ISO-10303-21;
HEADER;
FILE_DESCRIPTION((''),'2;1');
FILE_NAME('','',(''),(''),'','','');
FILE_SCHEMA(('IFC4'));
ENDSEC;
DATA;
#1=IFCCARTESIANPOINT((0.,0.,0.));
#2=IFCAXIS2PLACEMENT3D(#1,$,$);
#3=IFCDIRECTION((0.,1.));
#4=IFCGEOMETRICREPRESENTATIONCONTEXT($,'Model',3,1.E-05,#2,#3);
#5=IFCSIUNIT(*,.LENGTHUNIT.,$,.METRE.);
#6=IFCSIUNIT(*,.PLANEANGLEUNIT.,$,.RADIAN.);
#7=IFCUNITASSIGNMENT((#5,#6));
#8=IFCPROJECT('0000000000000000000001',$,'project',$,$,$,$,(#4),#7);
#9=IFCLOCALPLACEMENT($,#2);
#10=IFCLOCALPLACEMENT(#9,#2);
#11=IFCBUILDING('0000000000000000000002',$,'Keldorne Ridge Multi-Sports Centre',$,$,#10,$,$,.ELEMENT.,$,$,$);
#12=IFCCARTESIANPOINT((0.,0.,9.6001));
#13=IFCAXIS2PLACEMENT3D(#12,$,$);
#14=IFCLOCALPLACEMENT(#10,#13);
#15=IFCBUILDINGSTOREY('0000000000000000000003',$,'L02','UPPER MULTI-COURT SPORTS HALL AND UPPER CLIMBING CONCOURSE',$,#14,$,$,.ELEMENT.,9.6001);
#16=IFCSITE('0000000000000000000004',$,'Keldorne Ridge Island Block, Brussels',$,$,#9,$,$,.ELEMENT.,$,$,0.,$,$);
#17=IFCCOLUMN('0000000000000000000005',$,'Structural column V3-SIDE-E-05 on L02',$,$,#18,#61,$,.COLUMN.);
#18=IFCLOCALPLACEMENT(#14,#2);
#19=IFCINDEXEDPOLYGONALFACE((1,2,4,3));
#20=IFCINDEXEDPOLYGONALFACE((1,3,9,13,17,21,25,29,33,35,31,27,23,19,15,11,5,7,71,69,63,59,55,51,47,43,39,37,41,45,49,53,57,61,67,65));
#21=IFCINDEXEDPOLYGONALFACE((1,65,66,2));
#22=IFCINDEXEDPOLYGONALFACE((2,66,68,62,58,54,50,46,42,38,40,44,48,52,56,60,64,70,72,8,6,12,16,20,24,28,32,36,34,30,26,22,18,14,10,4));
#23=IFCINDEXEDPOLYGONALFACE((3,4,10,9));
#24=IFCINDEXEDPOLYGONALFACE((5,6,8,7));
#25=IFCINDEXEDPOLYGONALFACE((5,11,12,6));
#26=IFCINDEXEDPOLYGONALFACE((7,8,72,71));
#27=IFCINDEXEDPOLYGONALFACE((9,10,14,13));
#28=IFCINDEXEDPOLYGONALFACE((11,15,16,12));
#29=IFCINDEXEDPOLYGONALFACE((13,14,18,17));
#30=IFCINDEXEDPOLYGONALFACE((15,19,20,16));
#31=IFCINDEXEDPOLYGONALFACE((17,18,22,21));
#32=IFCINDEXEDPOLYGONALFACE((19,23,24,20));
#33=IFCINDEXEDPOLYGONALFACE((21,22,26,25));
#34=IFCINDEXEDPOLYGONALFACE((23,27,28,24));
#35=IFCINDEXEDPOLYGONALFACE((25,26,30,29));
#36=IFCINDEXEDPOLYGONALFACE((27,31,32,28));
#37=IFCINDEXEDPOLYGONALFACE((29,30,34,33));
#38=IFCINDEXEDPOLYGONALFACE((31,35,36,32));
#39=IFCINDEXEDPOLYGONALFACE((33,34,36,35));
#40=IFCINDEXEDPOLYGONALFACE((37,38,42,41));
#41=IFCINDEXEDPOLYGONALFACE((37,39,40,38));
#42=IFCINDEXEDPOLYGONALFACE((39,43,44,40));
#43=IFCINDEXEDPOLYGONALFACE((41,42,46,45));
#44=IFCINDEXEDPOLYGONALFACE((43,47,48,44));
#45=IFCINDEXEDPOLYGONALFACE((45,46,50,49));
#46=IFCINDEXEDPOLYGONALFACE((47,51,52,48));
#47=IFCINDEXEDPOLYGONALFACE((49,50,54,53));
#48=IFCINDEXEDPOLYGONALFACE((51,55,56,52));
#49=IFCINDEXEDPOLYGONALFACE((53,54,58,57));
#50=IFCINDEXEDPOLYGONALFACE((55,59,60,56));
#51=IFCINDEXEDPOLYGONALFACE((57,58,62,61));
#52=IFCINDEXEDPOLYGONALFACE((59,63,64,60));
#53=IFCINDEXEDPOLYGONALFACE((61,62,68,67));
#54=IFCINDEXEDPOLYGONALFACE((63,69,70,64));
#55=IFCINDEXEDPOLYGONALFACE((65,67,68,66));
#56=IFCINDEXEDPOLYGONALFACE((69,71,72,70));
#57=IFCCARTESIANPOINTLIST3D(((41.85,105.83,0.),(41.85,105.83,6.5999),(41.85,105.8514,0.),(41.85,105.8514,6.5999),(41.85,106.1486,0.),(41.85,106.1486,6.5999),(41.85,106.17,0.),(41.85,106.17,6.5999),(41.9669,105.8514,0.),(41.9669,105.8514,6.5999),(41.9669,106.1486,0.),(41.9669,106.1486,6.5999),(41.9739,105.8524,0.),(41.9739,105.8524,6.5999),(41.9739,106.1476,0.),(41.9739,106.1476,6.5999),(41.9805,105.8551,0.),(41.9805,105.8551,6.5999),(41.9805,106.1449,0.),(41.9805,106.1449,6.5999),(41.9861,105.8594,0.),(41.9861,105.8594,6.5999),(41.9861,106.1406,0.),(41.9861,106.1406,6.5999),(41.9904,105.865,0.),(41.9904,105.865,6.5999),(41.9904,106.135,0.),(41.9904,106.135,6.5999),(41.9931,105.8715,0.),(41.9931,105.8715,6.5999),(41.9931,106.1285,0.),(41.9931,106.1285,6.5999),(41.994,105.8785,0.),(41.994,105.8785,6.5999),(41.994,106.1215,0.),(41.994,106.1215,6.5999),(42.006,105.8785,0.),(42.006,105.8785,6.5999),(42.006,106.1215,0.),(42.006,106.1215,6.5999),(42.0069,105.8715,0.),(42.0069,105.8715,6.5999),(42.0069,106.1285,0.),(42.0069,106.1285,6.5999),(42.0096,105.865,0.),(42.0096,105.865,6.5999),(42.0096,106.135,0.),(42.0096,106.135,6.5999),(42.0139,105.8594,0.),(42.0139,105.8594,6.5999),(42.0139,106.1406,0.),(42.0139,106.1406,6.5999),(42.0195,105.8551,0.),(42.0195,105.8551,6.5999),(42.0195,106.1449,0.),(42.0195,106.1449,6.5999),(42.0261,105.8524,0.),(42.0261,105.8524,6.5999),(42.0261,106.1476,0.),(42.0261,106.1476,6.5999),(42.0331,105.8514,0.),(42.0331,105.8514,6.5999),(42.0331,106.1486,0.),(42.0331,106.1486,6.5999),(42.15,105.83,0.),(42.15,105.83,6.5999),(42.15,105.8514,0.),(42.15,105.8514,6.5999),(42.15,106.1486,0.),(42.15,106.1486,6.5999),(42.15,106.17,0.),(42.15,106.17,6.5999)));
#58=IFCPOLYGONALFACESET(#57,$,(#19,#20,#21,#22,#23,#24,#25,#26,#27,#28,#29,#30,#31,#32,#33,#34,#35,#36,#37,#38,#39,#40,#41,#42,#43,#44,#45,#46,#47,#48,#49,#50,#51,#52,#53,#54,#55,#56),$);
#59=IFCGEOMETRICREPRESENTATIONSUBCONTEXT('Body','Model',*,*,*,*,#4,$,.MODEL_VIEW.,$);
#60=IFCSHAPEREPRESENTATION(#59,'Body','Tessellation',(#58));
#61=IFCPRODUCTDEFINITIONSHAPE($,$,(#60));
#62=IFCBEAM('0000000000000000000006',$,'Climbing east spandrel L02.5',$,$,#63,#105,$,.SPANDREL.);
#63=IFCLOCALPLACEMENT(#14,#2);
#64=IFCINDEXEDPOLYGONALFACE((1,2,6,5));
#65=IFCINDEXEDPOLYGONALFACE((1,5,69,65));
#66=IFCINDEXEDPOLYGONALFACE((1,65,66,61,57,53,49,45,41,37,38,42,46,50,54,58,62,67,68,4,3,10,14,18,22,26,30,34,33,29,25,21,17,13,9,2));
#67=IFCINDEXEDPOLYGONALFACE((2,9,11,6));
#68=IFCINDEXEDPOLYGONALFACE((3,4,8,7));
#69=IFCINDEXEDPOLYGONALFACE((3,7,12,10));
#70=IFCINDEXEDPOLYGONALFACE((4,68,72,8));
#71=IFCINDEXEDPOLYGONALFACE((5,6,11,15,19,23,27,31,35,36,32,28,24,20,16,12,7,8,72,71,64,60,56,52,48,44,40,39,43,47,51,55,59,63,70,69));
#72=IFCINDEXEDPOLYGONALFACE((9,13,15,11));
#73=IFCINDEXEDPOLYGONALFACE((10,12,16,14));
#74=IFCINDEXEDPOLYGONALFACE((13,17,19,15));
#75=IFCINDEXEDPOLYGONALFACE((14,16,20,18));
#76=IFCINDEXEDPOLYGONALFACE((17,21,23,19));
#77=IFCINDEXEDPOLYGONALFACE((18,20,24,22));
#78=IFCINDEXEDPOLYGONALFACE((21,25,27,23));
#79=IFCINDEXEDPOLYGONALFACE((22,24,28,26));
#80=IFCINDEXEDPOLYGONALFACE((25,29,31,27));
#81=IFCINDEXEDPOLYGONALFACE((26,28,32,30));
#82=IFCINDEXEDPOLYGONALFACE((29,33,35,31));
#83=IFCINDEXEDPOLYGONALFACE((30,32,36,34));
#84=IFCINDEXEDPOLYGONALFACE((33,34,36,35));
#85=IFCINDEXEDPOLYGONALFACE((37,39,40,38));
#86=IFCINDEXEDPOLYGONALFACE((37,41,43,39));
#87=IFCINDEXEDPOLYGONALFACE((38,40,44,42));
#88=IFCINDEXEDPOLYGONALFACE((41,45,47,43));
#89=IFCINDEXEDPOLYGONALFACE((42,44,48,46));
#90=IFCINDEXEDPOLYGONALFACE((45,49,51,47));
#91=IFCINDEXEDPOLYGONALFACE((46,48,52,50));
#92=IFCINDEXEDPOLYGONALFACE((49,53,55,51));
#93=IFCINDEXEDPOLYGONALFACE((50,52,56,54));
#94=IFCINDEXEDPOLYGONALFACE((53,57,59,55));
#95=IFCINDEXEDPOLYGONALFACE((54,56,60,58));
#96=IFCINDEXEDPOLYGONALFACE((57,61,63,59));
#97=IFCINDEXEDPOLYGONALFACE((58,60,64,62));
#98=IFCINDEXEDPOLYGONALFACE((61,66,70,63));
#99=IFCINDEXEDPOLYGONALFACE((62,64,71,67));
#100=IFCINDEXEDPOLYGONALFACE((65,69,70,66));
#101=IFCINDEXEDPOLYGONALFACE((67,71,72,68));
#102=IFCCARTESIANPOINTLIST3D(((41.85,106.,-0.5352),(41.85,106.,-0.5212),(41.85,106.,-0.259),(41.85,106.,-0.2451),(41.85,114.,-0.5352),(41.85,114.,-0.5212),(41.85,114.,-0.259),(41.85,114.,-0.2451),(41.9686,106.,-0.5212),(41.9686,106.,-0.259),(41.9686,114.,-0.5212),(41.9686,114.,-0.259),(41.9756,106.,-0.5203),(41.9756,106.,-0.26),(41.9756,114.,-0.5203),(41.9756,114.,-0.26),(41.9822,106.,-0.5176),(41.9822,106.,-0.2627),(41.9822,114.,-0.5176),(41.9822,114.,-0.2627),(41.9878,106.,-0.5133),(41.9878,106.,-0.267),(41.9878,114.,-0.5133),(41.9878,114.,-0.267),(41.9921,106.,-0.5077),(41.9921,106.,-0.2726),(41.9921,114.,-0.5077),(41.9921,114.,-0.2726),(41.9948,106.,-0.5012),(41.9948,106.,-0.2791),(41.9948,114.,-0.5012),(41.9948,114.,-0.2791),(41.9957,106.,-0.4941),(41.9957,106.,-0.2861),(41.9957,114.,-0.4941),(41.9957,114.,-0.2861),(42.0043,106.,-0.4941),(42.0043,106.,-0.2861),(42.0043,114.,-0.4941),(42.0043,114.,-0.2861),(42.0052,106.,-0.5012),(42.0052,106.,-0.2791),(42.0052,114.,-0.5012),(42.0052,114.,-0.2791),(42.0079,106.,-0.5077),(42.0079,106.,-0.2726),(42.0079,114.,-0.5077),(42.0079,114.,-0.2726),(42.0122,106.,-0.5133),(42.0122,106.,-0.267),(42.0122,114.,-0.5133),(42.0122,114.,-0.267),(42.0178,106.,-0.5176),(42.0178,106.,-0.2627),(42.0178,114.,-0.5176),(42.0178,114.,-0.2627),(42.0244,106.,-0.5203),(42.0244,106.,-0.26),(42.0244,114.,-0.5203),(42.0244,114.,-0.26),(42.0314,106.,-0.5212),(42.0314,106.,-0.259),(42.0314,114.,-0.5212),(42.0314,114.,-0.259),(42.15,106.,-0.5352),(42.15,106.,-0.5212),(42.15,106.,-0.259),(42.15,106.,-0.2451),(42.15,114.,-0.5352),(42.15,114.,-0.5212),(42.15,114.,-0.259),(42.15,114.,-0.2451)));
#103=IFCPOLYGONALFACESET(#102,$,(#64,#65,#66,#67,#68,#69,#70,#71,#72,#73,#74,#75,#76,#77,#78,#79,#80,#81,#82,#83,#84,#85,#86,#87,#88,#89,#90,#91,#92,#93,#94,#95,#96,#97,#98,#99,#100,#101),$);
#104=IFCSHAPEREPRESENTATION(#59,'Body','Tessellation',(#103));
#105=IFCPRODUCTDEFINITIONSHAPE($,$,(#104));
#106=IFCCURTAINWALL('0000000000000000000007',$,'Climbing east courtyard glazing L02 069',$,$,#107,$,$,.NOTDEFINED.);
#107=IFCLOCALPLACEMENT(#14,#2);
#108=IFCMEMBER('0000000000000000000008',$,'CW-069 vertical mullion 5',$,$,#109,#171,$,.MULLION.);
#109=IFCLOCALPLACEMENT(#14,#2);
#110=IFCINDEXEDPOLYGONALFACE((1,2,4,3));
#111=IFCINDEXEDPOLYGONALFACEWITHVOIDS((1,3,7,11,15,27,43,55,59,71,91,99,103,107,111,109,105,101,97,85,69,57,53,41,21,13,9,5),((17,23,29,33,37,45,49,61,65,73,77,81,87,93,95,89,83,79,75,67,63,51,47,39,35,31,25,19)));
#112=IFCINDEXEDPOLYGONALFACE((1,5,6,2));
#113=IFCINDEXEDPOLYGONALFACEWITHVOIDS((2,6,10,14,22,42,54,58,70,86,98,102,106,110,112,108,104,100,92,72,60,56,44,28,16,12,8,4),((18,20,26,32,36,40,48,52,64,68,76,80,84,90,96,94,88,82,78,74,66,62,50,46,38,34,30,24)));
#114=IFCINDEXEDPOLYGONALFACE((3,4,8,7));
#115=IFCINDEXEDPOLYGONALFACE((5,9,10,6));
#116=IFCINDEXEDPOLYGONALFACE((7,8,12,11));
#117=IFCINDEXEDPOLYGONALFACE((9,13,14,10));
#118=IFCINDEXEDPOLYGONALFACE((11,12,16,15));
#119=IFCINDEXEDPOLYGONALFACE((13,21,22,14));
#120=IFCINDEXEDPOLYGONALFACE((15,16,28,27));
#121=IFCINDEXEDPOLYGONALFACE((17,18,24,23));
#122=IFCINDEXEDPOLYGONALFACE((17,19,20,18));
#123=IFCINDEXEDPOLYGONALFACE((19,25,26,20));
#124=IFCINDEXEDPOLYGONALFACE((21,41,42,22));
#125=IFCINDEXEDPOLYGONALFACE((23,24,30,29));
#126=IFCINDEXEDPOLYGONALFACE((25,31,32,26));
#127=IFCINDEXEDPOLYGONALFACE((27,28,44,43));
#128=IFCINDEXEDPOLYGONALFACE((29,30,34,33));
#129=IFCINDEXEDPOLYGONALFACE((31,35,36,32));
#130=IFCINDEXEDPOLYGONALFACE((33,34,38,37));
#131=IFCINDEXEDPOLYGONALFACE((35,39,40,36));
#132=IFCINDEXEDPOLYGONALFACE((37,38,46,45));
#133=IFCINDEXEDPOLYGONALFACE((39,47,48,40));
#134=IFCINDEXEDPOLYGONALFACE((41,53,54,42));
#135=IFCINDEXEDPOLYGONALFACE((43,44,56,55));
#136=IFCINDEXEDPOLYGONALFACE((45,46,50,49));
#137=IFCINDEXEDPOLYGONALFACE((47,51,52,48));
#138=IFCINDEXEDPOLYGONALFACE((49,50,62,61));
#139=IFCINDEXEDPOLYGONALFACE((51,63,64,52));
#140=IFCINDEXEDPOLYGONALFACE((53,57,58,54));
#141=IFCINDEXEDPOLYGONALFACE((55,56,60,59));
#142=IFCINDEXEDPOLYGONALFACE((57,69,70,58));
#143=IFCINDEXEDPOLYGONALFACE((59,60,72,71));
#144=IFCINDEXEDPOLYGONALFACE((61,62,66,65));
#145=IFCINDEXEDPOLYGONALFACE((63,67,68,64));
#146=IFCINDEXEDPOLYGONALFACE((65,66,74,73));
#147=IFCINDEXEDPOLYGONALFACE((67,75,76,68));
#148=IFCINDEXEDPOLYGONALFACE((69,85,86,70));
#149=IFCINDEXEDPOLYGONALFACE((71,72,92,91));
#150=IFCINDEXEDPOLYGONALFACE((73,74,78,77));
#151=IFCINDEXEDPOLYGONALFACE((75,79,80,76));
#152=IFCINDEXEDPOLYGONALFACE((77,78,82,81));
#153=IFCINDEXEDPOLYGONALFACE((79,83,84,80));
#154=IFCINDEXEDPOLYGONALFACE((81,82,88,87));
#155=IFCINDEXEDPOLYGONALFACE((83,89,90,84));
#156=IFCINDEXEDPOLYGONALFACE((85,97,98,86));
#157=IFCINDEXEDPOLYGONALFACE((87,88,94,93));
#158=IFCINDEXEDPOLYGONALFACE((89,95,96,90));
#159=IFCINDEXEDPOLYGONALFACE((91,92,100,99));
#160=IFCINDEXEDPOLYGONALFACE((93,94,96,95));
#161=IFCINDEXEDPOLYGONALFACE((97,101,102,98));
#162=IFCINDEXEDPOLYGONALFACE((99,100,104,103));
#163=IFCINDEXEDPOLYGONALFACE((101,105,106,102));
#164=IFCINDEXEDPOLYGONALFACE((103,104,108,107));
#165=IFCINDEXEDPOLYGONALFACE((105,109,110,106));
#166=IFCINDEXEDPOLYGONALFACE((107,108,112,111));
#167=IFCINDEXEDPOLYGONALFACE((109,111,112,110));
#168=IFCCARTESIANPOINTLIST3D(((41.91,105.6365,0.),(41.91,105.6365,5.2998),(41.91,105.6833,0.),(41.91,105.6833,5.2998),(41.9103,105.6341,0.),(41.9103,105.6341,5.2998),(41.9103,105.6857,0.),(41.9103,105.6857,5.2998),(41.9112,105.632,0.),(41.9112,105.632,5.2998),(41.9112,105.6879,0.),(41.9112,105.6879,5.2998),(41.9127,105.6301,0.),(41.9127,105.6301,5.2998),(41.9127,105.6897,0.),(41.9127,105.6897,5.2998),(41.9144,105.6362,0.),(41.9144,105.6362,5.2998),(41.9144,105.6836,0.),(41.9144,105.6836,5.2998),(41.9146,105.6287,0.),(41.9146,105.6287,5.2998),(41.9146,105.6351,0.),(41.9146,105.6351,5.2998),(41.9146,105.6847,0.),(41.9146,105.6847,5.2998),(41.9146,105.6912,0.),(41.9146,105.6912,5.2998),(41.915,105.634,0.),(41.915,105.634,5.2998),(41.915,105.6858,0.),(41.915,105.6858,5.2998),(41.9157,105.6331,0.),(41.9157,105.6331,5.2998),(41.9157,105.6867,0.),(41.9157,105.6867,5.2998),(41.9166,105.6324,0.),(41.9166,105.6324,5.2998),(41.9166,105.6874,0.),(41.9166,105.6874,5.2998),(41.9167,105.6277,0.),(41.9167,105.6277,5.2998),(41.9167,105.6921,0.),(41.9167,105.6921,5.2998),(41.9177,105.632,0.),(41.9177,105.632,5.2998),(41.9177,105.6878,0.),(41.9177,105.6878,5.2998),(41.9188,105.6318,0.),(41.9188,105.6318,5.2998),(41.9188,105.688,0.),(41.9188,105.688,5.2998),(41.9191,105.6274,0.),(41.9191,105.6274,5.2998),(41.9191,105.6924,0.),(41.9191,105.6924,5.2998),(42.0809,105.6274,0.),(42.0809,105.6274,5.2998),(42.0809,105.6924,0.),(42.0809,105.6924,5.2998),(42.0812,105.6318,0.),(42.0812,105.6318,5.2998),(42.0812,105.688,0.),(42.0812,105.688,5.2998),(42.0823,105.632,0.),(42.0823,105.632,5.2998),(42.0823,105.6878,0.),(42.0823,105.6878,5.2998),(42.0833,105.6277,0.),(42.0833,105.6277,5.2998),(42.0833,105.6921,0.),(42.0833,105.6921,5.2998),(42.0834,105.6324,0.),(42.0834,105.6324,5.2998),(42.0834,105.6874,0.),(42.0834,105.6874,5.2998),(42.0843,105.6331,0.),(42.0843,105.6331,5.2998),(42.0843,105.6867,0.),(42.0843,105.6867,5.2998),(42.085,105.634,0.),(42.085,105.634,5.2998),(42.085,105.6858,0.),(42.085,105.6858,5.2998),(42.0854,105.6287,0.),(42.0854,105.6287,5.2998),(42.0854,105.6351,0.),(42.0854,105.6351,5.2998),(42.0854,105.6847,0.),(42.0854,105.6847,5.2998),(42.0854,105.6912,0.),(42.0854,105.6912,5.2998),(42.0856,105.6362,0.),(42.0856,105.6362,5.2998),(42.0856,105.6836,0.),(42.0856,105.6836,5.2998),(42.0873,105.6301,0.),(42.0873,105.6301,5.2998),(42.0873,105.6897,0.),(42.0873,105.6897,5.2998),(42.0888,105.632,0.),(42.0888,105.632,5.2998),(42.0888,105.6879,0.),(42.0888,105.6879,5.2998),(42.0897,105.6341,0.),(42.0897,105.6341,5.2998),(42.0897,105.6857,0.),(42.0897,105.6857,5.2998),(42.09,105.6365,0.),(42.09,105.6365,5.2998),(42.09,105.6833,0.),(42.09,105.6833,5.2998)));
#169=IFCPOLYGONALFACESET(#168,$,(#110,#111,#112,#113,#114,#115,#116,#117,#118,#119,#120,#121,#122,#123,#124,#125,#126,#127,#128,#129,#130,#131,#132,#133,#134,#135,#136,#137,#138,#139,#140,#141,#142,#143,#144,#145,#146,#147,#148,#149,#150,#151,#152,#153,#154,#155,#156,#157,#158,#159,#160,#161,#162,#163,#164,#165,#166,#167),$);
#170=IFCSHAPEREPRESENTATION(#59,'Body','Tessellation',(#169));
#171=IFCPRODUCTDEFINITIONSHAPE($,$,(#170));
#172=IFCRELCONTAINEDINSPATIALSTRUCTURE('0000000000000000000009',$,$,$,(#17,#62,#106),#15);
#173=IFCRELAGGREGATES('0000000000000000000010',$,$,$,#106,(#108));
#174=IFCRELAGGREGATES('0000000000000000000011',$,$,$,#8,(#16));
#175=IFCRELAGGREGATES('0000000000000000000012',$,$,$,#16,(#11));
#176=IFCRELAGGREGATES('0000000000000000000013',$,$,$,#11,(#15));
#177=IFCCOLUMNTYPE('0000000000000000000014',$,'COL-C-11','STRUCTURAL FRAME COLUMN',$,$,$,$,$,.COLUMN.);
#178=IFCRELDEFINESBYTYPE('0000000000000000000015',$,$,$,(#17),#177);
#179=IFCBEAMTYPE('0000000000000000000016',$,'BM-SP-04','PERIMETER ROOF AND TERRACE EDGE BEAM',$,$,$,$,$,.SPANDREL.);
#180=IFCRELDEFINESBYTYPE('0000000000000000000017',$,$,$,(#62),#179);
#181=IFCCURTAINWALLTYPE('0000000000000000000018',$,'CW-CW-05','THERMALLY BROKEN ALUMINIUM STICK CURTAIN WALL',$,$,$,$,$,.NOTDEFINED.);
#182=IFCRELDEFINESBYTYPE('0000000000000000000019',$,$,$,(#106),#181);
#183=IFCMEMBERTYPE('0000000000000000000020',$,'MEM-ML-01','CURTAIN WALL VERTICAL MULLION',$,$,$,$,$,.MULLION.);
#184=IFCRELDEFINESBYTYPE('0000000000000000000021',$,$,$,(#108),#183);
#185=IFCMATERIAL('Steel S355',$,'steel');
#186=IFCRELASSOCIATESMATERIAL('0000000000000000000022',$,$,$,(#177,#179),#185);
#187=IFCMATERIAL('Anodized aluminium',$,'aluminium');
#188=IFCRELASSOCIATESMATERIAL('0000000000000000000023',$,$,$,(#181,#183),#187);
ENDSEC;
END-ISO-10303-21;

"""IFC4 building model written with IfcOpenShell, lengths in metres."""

from ifc_helpers import new_model, si_unit, direction, frame, origin, origin_2d, place, context, subcontext, project, spatial, hollow_rectangle, i_section, extrude, material, material_profile, profile_set, type_object, element, aggregate, save


model = new_model("IFC4")

# Units and contexts
model_context = context("Model", 3, precision=1e-05, world=origin(), true_north=direction((0.0, 1.0)))
body_context = subcontext(model_context, "Body", "Model", "MODEL_VIEW")
ifc_project = project(units=[si_unit("LENGTHUNIT", "METRE"), si_unit("PLANEANGLEUNIT", "RADIAN")], contexts=[model_context])

# Site, building, storey
site_placement = place(None, origin())
site = spatial("IfcSite", under=ifc_project, at=site_placement, Name="Keldorne Ridge Island Block, Brussels", CompositionType="ELEMENT", RefElevation=0.0)
building_placement = place(site_placement, origin())
building = spatial("IfcBuilding", under=site, at=building_placement, Name="Keldorne Ridge Multi-Sports Centre", CompositionType="ELEMENT")
storey_placement = place(building_placement, frame((0.0, 0.0, 9.6001)))
storey = spatial("IfcBuildingStorey", under=building, at=storey_placement, Name="L02", Description="UPPER MULTI-COURT SPORTS HALL AND UPPER CLIMBING CONCOURSE", CompositionType="ELEMENT", Elevation=9.6001)

# Column
ifc_material_1 = material(Name="Steel S355", Category="steel")
ifc_material_profile_1 = material_profile(ifc_material_1, i_section(OverallWidth=0.3, OverallDepth=0.3401, WebThickness=0.012, FlangeThickness=0.0215, FilletRadius=0.0271, at=origin_2d()), Name="HEB 340")
ifc_profile_set_1 = profile_set([ifc_material_profile_1], Name="Steel S355")
column_type = type_object("IfcColumnType", Name="COL-C-11", Description="STRUCTURAL FRAME COLUMN", PredefinedType="COLUMN", material=ifc_profile_set_1)
column_placement = place(storey_placement, frame((42.0, 106.0, 0.0), z_axis=(0.0, 0.0, 1.0), x_axis=(1.0, 0.0, 0.0)))
element("IfcColumn", 1, at=column_placement, inside=storey, type_object=column_type, Name="Structural column V3-SIDE-E-05 on L02", PredefinedType="COLUMN", context=body_context, shape_type="SweptSolid", body=[
    extrude(i_section(OverallWidth=0.3, OverallDepth=0.3401, WebThickness=0.012, FlangeThickness=0.0215, FilletRadius=0.0271, at=origin_2d()), origin(), (0.0, 0.0, 1.0), 6.5999),
])

# Beam
ifc_material_profile_2 = material_profile(ifc_material_1, i_section(OverallWidth=0.3, OverallDepth=0.29, WebThickness=0.0085, FlangeThickness=0.0139, FilletRadius=0.0271, at=origin_2d()), Name="HEA 300")
ifc_profile_set_2 = profile_set([ifc_material_profile_2], Name="Steel S355")
beam_type = type_object("IfcBeamType", Name="BM-SP-04", Description="PERIMETER ROOF AND TERRACE EDGE BEAM", PredefinedType="SPANDREL", material=ifc_profile_set_2)
beam_placement = place(storey_placement, frame((42.0, 106.0, -0.3901), z_axis=(0.0, 1.0, 0.0), x_axis=(-1.0, 0.0, 0.0)))
element("IfcBeam", 2, at=beam_placement, inside=storey, type_object=beam_type, Name="Climbing east spandrel L02.5", PredefinedType="SPANDREL", context=body_context, shape_type="SweptSolid", body=[
    extrude(i_section(OverallWidth=0.3, OverallDepth=0.29, WebThickness=0.0085, FlangeThickness=0.0139, FilletRadius=0.0271, at=origin_2d()), origin(), (0.0, 0.0, 1.0), 8.0),
])

# Curtain wall, member
ifc_material_2 = material(Name="Anodized aluminium", Category="aluminium")
curtain_wall_type_1 = type_object("IfcCurtainWallType", Name="CW-CW-05", Description="THERMALLY BROKEN ALUMINIUM STICK CURTAIN WALL", PredefinedType="NOTDEFINED", material=ifc_material_2)
curtain_wall_1_placement = place(storey_placement, origin())
curtain_wall_1 = element("IfcCurtainWall", 3, at=curtain_wall_1_placement, inside=storey, type_object=curtain_wall_type_1, Name="Climbing east courtyard glazing L02 069", PredefinedType="NOTDEFINED")
ifc_material_profile_3 = material_profile(ifc_material_2, hollow_rectangle(XDim=0.0649, YDim=0.1799, WallThickness=0.0044, InnerFilletRadius=0.0044, OuterFilletRadius=0.009, at=origin_2d()), Name="ALU MULLION 180x65x4.5")
ifc_profile_set_3 = profile_set([ifc_material_profile_3], Name="Anodized aluminium")
member_type_1 = type_object("IfcMemberType", Name="MEM-ML-01", Description="CURTAIN WALL VERTICAL MULLION", PredefinedType="MULLION", material=ifc_profile_set_3)
member_1_placement = place(storey_placement, frame((42.0, 105.6599, 0.0), z_axis=(0.0, 0.0, 1.0), x_axis=(0.0, 1.0, 0.0)))
member_1 = element("IfcMember", 4, at=member_1_placement, type_object=member_type_1, Name="CW-069 vertical mullion 5", PredefinedType="MULLION", context=body_context, shape_type="SweptSolid", body=[
    extrude(hollow_rectangle(XDim=0.0649, YDim=0.1799, WallThickness=0.0044, InnerFilletRadius=0.0044, OuterFilletRadius=0.009, at=origin_2d()), origin(), (0.0, 0.0, 1.0), 5.2998),
])

aggregate(curtain_wall_1, [member_1])

save(model, "model.ifc")
